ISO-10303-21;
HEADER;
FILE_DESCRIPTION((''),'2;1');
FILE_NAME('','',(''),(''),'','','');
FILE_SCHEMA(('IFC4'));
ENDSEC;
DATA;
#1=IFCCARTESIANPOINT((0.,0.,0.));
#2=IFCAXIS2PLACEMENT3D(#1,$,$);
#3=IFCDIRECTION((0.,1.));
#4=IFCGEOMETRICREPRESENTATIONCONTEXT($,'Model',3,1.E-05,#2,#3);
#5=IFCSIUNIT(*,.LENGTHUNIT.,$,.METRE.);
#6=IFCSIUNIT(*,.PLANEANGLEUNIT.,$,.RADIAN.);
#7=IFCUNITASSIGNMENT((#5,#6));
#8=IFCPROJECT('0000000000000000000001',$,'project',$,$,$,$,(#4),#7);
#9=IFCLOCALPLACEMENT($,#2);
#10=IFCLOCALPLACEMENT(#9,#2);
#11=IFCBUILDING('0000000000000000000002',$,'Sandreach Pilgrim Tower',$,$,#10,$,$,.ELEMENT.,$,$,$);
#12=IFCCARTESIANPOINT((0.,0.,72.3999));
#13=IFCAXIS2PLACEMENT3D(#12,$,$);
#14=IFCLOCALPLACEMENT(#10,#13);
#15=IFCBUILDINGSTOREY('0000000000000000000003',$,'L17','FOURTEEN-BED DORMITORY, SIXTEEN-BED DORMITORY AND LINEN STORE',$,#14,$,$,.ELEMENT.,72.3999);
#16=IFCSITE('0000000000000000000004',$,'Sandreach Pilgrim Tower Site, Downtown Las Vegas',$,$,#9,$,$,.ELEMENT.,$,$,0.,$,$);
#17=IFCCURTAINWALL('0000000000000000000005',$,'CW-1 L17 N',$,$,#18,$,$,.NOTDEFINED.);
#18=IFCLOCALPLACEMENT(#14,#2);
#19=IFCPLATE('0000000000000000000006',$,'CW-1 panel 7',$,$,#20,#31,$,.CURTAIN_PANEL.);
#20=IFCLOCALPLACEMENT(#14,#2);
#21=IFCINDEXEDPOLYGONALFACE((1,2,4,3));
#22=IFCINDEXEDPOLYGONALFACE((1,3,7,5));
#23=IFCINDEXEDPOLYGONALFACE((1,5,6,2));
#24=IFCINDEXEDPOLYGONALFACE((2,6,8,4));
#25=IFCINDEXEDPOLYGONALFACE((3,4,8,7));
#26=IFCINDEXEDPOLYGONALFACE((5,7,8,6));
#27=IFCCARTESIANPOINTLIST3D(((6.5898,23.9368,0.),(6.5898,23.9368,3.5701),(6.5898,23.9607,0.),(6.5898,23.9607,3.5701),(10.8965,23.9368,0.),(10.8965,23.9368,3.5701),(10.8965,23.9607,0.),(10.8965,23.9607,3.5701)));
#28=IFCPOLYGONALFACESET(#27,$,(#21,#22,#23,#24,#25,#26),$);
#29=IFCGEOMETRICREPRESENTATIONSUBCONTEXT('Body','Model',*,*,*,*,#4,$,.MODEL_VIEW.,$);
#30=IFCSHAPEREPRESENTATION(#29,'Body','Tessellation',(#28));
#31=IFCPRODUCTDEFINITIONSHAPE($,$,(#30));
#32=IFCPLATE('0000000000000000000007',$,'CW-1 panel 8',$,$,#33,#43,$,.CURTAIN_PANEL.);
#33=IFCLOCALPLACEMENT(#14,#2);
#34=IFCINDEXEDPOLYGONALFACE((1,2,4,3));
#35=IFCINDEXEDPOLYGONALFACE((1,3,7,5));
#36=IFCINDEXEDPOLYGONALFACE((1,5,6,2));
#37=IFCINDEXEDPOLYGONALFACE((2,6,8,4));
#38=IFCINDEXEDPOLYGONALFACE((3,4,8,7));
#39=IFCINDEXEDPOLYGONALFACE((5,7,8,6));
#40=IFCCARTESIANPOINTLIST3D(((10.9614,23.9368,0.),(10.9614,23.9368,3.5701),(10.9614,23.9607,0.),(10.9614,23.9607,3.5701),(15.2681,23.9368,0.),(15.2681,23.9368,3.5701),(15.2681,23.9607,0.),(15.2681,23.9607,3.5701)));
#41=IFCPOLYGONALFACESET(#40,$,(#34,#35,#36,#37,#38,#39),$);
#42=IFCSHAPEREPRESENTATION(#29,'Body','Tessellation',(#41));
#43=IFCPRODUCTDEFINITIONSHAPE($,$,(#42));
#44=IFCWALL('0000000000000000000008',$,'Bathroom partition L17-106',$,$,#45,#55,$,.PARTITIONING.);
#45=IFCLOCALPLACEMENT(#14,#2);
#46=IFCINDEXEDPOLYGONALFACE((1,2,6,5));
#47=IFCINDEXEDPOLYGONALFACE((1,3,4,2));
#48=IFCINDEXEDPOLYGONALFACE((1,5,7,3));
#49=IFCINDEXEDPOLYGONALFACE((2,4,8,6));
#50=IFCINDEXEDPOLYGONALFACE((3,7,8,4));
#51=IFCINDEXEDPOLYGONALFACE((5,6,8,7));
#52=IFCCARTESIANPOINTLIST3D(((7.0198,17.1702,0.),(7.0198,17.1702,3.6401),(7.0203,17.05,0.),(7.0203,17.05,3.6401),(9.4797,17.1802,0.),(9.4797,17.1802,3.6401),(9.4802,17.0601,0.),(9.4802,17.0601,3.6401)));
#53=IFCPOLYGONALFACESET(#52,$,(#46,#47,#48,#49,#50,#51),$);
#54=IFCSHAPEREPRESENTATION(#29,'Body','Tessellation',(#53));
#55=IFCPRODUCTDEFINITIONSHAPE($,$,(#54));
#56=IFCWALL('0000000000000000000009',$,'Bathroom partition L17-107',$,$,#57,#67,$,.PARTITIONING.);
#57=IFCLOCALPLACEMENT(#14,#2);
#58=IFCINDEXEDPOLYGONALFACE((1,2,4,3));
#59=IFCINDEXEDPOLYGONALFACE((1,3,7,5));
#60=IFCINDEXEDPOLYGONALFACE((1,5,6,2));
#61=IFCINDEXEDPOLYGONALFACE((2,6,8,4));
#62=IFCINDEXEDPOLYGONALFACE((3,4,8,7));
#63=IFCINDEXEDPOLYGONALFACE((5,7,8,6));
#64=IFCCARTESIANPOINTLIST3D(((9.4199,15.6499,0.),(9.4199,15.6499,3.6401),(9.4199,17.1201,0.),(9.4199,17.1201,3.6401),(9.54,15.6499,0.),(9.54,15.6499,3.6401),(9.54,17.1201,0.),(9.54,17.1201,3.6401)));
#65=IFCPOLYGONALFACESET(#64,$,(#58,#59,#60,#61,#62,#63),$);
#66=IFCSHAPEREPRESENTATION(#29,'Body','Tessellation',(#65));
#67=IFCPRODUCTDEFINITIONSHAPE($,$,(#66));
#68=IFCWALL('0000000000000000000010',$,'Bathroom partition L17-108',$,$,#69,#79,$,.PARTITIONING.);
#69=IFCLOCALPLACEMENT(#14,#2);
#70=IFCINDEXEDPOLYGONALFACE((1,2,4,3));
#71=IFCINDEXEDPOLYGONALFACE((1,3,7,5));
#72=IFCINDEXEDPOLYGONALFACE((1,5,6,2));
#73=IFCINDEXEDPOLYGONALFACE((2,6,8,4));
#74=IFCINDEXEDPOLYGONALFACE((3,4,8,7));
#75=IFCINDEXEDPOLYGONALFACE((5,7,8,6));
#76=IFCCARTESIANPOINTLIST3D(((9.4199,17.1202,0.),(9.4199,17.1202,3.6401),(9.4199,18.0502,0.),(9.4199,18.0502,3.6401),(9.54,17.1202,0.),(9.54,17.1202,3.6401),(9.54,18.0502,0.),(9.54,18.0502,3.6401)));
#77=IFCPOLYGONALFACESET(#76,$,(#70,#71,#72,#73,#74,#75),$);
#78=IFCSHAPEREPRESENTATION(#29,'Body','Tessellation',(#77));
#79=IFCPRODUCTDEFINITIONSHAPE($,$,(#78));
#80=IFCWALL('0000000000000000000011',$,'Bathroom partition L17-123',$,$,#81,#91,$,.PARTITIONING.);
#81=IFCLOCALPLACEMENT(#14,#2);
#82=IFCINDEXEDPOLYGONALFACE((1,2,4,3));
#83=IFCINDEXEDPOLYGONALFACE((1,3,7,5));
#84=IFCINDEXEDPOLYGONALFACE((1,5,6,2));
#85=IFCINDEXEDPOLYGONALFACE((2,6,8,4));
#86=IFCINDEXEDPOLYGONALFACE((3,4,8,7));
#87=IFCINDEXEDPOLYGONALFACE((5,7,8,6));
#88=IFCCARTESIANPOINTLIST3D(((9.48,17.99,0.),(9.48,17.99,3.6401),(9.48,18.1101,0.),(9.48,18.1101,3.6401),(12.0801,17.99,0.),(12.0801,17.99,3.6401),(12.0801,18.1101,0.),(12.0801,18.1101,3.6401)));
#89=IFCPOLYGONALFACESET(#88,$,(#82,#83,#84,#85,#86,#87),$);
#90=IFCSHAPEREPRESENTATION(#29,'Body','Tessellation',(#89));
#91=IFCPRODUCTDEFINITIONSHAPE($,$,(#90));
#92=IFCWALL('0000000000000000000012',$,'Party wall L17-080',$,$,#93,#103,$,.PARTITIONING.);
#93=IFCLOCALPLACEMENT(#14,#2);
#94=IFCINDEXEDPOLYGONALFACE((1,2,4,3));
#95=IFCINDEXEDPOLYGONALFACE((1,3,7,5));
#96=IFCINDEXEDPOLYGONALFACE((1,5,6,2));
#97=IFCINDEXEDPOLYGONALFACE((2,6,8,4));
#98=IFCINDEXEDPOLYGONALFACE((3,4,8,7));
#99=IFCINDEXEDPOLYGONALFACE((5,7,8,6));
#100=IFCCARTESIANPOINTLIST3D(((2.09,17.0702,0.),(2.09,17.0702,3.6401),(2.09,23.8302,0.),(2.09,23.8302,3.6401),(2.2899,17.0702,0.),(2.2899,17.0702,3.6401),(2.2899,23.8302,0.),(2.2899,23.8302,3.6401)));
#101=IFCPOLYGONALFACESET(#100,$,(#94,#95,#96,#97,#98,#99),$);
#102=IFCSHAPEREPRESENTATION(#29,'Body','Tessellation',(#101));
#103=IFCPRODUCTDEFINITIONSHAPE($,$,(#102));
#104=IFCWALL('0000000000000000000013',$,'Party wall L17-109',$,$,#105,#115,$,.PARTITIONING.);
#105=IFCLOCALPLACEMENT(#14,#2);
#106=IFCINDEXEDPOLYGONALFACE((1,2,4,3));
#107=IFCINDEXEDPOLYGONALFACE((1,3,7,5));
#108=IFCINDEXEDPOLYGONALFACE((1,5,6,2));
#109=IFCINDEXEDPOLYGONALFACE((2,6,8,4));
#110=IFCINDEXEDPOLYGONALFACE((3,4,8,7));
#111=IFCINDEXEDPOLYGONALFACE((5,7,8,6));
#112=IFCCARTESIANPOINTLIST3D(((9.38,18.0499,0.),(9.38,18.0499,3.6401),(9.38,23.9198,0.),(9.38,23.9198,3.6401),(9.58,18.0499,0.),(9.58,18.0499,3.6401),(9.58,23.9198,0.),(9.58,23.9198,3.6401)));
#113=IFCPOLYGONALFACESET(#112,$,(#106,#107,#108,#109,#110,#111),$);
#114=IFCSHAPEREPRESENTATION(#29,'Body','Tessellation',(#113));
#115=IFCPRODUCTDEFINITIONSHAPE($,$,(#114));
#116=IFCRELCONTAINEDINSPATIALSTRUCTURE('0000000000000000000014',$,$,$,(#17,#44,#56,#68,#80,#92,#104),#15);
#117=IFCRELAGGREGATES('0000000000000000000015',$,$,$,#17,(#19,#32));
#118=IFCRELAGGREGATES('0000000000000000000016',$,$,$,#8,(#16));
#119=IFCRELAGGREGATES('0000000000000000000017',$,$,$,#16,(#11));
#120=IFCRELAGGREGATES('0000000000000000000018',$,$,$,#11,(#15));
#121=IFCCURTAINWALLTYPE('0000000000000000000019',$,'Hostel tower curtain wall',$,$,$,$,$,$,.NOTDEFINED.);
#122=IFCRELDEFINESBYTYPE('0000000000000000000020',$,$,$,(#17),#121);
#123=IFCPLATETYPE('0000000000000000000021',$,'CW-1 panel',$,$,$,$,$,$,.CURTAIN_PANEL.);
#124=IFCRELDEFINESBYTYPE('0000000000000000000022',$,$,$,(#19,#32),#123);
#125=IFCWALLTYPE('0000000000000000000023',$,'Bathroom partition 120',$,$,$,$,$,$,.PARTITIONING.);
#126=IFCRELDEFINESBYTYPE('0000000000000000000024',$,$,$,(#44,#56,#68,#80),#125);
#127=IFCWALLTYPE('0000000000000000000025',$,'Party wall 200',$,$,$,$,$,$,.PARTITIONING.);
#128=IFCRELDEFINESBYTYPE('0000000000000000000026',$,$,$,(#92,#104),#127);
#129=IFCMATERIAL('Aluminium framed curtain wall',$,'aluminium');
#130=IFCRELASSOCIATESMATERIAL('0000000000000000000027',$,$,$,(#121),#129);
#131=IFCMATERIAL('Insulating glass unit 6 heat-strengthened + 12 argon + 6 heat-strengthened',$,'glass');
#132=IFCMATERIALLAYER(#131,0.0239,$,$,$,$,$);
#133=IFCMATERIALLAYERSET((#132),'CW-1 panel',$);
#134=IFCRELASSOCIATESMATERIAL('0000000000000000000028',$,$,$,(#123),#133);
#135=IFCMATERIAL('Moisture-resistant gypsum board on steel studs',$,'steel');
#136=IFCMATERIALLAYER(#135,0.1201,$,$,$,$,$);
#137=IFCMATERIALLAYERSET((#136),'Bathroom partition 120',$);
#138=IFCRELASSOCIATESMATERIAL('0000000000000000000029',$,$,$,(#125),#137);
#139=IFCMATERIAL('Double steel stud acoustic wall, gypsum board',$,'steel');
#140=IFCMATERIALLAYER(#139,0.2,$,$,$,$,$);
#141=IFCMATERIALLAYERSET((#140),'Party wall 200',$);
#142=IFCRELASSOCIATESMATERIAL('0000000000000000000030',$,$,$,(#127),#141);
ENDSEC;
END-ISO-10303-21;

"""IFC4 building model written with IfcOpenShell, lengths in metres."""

from ifc_helpers import new_model, si_unit, direction, frame, frame_2d, origin, origin_2d, place, context, subcontext, project, spatial, rectangle, extrude, material, layer, layer_set, type_object, element, aggregate, save


model = new_model("IFC4")

# Units and contexts
model_context = context("Model", 3, precision=1e-05, world=origin(), true_north=direction((0.0, 1.0)))
body_context = subcontext(model_context, "Body", "Model", "MODEL_VIEW")
ifc_project = project(units=[si_unit("LENGTHUNIT", "METRE"), si_unit("PLANEANGLEUNIT", "RADIAN")], contexts=[model_context])

# Site, building, storey
site_placement = place(None, origin())
site = spatial("IfcSite", under=ifc_project, at=site_placement, Name="Sandreach Pilgrim Tower Site, Downtown Las Vegas", CompositionType="ELEMENT", RefElevation=0.0)
building_placement = place(site_placement, origin())
building = spatial("IfcBuilding", under=site, at=building_placement, Name="Sandreach Pilgrim Tower", CompositionType="ELEMENT")
storey_placement = place(building_placement, frame((0.0, 0.0, 72.3999)))
storey = spatial("IfcBuildingStorey", under=building, at=storey_placement, Name="L17", Description="FOURTEEN-BED DORMITORY, SIXTEEN-BED DORMITORY AND LINEN STORE", CompositionType="ELEMENT", Elevation=72.3999)

# Curtain wall
ifc_material_1 = material(Name="Aluminium framed curtain wall", Category="aluminium")
curtain_wall_type = type_object("IfcCurtainWallType", Name="Hostel tower curtain wall", PredefinedType="NOTDEFINED", material=ifc_material_1)
curtain_wall_placement = place(storey_placement, origin())
curtain_wall = element("IfcCurtainWall", 1, at=curtain_wall_placement, inside=storey, type_object=curtain_wall_type, Name="CW-1 L17 N", PredefinedType="NOTDEFINED")

# Plates
ifc_material_2 = material(Name="Insulating glass unit 6 heat-strengthened + 12 argon + 6 heat-strengthened", Category="glass")
ifc_layer_1 = layer(ifc_material_2, 0.0239)
ifc_layer_set_1 = layer_set([ifc_layer_1], Name="CW-1 panel")
plate_type = type_object("IfcPlateType", Name="CW-1 panel", PredefinedType="CURTAIN_PANEL", material=ifc_layer_set_1)
plate_1_placement = place(storey_placement, frame((8.7432, 23.9487, 0.0), z_axis=(0.0, 0.0, 1.0), x_axis=(1.0, 0.0, 0.0)))
plate_1 = element("IfcPlate", 2, at=plate_1_placement, type_object=plate_type, Name="CW-1 panel 7", PredefinedType="CURTAIN_PANEL", context=body_context, shape_type="SweptSolid", body=[
    extrude(rectangle(XDim=4.3066, YDim=0.0239, at=origin_2d()), origin(), (0.0, 0.0, 1.0), 3.5701),
])
plate_2_placement = place(storey_placement, frame((13.1147, 23.9487, 0.0), z_axis=(0.0, 0.0, 1.0), x_axis=(1.0, 0.0, 0.0)))
plate_2 = element("IfcPlate", 3, at=plate_2_placement, type_object=plate_type, Name="CW-1 panel 8", PredefinedType="CURTAIN_PANEL", context=body_context, shape_type="SweptSolid", body=[
    extrude(rectangle(XDim=4.3066, YDim=0.0239, at=origin_2d()), origin(), (0.0, 0.0, 1.0), 3.5701),
])
aggregate(curtain_wall, [plate_1, plate_2])

# Walls
ifc_material_3 = material(Name="Moisture-resistant gypsum board on steel studs", Category="steel")
ifc_layer_2 = layer(ifc_material_3, 0.1201)
ifc_layer_set_2 = layer_set([ifc_layer_2], Name="Bathroom partition 120")
wall_type_1 = type_object("IfcWallType", Name="Bathroom partition 120", PredefinedType="PARTITIONING", material=ifc_layer_set_2)
wall_1_placement = place(storey_placement, frame((9.48, 17.1201, 0.0), z_axis=(0.0, 0.0, 1.0), x_axis=(-0.999992, -0.004069, 0.0)))
element("IfcWall", 4, at=wall_1_placement, inside=storey, type_object=wall_type_1, Name="Bathroom partition L17-106", PredefinedType="PARTITIONING", context=body_context, shape_type="SweptSolid", body=[
    extrude(rectangle(XDim=2.46, YDim=0.1201, at=frame_2d((1.23, 0.0))), origin(), (0.0, 0.0, 1.0), 3.6401),
])
wall_2_placement = place(storey_placement, frame((9.48, 17.1201, 0.0), z_axis=(0.0, 0.0, 1.0), x_axis=(0.0, -1.0, 0.0)))
element("IfcWall", 5, at=wall_2_placement, inside=storey, type_object=wall_type_1, Name="Bathroom partition L17-107", PredefinedType="PARTITIONING", context=body_context, shape_type="SweptSolid", body=[
    extrude(rectangle(XDim=1.4702, YDim=0.1201, at=frame_2d((0.7351, 0.0))), origin(), (0.0, 0.0, 1.0), 3.6401),
])
wall_3_placement = place(storey_placement, frame((9.48, 18.05, 0.0), z_axis=(0.0, 0.0, 1.0), x_axis=(0.0, -1.0, 0.0)))
element("IfcWall", 6, at=wall_3_placement, inside=storey, type_object=wall_type_1, Name="Bathroom partition L17-108", PredefinedType="PARTITIONING", context=body_context, shape_type="SweptSolid", body=[
    extrude(rectangle(XDim=0.9299, YDim=0.1201, at=frame_2d((0.4648, 0.0))), origin(), (0.0, 0.0, 1.0), 3.6401),
])
wall_4_placement = place(storey_placement, frame((12.0801, 18.05, 0.0), z_axis=(0.0, 0.0, 1.0), x_axis=(-1.0, 0.0, 0.0)))
element("IfcWall", 7, at=wall_4_placement, inside=storey, type_object=wall_type_1, Name="Bathroom partition L17-123", PredefinedType="PARTITIONING", context=body_context, shape_type="SweptSolid", body=[
    extrude(rectangle(XDim=2.6001, YDim=0.1201, at=frame_2d((1.3, 0.0))), origin(), (0.0, 0.0, 1.0), 3.6401),
])
ifc_material_4 = material(Name="Double steel stud acoustic wall, gypsum board", Category="steel")
ifc_layer_3 = layer(ifc_material_4, 0.2)
ifc_layer_set_3 = layer_set([ifc_layer_3], Name="Party wall 200")
wall_type_2 = type_object("IfcWallType", Name="Party wall 200", PredefinedType="PARTITIONING", material=ifc_layer_set_3)
wall_5_placement = place(storey_placement, frame((2.1899, 23.8301, 0.0), z_axis=(0.0, 0.0, 1.0), x_axis=(0.0, -1.0, 0.0)))
element("IfcWall", 8, at=wall_5_placement, inside=storey, type_object=wall_type_2, Name="Party wall L17-080", PredefinedType="PARTITIONING", context=body_context, shape_type="SweptSolid", body=[
    extrude(rectangle(XDim=6.76, YDim=0.2, at=frame_2d((3.3799, 0.0))), origin(), (0.0, 0.0, 1.0), 3.6401),
])
wall_6_placement = place(storey_placement, frame((9.48, 23.9199, 0.0), z_axis=(0.0, 0.0, 1.0), x_axis=(0.0, -1.0, 0.0)))
element("IfcWall", 9, at=wall_6_placement, inside=storey, type_object=wall_type_2, Name="Party wall L17-109", PredefinedType="PARTITIONING", context=body_context, shape_type="SweptSolid", body=[
    extrude(rectangle(XDim=5.8699, YDim=0.2, at=frame_2d((2.9351, 0.0))), origin(), (0.0, 0.0, 1.0), 3.6401),
])

save(model, "model.ifc")
